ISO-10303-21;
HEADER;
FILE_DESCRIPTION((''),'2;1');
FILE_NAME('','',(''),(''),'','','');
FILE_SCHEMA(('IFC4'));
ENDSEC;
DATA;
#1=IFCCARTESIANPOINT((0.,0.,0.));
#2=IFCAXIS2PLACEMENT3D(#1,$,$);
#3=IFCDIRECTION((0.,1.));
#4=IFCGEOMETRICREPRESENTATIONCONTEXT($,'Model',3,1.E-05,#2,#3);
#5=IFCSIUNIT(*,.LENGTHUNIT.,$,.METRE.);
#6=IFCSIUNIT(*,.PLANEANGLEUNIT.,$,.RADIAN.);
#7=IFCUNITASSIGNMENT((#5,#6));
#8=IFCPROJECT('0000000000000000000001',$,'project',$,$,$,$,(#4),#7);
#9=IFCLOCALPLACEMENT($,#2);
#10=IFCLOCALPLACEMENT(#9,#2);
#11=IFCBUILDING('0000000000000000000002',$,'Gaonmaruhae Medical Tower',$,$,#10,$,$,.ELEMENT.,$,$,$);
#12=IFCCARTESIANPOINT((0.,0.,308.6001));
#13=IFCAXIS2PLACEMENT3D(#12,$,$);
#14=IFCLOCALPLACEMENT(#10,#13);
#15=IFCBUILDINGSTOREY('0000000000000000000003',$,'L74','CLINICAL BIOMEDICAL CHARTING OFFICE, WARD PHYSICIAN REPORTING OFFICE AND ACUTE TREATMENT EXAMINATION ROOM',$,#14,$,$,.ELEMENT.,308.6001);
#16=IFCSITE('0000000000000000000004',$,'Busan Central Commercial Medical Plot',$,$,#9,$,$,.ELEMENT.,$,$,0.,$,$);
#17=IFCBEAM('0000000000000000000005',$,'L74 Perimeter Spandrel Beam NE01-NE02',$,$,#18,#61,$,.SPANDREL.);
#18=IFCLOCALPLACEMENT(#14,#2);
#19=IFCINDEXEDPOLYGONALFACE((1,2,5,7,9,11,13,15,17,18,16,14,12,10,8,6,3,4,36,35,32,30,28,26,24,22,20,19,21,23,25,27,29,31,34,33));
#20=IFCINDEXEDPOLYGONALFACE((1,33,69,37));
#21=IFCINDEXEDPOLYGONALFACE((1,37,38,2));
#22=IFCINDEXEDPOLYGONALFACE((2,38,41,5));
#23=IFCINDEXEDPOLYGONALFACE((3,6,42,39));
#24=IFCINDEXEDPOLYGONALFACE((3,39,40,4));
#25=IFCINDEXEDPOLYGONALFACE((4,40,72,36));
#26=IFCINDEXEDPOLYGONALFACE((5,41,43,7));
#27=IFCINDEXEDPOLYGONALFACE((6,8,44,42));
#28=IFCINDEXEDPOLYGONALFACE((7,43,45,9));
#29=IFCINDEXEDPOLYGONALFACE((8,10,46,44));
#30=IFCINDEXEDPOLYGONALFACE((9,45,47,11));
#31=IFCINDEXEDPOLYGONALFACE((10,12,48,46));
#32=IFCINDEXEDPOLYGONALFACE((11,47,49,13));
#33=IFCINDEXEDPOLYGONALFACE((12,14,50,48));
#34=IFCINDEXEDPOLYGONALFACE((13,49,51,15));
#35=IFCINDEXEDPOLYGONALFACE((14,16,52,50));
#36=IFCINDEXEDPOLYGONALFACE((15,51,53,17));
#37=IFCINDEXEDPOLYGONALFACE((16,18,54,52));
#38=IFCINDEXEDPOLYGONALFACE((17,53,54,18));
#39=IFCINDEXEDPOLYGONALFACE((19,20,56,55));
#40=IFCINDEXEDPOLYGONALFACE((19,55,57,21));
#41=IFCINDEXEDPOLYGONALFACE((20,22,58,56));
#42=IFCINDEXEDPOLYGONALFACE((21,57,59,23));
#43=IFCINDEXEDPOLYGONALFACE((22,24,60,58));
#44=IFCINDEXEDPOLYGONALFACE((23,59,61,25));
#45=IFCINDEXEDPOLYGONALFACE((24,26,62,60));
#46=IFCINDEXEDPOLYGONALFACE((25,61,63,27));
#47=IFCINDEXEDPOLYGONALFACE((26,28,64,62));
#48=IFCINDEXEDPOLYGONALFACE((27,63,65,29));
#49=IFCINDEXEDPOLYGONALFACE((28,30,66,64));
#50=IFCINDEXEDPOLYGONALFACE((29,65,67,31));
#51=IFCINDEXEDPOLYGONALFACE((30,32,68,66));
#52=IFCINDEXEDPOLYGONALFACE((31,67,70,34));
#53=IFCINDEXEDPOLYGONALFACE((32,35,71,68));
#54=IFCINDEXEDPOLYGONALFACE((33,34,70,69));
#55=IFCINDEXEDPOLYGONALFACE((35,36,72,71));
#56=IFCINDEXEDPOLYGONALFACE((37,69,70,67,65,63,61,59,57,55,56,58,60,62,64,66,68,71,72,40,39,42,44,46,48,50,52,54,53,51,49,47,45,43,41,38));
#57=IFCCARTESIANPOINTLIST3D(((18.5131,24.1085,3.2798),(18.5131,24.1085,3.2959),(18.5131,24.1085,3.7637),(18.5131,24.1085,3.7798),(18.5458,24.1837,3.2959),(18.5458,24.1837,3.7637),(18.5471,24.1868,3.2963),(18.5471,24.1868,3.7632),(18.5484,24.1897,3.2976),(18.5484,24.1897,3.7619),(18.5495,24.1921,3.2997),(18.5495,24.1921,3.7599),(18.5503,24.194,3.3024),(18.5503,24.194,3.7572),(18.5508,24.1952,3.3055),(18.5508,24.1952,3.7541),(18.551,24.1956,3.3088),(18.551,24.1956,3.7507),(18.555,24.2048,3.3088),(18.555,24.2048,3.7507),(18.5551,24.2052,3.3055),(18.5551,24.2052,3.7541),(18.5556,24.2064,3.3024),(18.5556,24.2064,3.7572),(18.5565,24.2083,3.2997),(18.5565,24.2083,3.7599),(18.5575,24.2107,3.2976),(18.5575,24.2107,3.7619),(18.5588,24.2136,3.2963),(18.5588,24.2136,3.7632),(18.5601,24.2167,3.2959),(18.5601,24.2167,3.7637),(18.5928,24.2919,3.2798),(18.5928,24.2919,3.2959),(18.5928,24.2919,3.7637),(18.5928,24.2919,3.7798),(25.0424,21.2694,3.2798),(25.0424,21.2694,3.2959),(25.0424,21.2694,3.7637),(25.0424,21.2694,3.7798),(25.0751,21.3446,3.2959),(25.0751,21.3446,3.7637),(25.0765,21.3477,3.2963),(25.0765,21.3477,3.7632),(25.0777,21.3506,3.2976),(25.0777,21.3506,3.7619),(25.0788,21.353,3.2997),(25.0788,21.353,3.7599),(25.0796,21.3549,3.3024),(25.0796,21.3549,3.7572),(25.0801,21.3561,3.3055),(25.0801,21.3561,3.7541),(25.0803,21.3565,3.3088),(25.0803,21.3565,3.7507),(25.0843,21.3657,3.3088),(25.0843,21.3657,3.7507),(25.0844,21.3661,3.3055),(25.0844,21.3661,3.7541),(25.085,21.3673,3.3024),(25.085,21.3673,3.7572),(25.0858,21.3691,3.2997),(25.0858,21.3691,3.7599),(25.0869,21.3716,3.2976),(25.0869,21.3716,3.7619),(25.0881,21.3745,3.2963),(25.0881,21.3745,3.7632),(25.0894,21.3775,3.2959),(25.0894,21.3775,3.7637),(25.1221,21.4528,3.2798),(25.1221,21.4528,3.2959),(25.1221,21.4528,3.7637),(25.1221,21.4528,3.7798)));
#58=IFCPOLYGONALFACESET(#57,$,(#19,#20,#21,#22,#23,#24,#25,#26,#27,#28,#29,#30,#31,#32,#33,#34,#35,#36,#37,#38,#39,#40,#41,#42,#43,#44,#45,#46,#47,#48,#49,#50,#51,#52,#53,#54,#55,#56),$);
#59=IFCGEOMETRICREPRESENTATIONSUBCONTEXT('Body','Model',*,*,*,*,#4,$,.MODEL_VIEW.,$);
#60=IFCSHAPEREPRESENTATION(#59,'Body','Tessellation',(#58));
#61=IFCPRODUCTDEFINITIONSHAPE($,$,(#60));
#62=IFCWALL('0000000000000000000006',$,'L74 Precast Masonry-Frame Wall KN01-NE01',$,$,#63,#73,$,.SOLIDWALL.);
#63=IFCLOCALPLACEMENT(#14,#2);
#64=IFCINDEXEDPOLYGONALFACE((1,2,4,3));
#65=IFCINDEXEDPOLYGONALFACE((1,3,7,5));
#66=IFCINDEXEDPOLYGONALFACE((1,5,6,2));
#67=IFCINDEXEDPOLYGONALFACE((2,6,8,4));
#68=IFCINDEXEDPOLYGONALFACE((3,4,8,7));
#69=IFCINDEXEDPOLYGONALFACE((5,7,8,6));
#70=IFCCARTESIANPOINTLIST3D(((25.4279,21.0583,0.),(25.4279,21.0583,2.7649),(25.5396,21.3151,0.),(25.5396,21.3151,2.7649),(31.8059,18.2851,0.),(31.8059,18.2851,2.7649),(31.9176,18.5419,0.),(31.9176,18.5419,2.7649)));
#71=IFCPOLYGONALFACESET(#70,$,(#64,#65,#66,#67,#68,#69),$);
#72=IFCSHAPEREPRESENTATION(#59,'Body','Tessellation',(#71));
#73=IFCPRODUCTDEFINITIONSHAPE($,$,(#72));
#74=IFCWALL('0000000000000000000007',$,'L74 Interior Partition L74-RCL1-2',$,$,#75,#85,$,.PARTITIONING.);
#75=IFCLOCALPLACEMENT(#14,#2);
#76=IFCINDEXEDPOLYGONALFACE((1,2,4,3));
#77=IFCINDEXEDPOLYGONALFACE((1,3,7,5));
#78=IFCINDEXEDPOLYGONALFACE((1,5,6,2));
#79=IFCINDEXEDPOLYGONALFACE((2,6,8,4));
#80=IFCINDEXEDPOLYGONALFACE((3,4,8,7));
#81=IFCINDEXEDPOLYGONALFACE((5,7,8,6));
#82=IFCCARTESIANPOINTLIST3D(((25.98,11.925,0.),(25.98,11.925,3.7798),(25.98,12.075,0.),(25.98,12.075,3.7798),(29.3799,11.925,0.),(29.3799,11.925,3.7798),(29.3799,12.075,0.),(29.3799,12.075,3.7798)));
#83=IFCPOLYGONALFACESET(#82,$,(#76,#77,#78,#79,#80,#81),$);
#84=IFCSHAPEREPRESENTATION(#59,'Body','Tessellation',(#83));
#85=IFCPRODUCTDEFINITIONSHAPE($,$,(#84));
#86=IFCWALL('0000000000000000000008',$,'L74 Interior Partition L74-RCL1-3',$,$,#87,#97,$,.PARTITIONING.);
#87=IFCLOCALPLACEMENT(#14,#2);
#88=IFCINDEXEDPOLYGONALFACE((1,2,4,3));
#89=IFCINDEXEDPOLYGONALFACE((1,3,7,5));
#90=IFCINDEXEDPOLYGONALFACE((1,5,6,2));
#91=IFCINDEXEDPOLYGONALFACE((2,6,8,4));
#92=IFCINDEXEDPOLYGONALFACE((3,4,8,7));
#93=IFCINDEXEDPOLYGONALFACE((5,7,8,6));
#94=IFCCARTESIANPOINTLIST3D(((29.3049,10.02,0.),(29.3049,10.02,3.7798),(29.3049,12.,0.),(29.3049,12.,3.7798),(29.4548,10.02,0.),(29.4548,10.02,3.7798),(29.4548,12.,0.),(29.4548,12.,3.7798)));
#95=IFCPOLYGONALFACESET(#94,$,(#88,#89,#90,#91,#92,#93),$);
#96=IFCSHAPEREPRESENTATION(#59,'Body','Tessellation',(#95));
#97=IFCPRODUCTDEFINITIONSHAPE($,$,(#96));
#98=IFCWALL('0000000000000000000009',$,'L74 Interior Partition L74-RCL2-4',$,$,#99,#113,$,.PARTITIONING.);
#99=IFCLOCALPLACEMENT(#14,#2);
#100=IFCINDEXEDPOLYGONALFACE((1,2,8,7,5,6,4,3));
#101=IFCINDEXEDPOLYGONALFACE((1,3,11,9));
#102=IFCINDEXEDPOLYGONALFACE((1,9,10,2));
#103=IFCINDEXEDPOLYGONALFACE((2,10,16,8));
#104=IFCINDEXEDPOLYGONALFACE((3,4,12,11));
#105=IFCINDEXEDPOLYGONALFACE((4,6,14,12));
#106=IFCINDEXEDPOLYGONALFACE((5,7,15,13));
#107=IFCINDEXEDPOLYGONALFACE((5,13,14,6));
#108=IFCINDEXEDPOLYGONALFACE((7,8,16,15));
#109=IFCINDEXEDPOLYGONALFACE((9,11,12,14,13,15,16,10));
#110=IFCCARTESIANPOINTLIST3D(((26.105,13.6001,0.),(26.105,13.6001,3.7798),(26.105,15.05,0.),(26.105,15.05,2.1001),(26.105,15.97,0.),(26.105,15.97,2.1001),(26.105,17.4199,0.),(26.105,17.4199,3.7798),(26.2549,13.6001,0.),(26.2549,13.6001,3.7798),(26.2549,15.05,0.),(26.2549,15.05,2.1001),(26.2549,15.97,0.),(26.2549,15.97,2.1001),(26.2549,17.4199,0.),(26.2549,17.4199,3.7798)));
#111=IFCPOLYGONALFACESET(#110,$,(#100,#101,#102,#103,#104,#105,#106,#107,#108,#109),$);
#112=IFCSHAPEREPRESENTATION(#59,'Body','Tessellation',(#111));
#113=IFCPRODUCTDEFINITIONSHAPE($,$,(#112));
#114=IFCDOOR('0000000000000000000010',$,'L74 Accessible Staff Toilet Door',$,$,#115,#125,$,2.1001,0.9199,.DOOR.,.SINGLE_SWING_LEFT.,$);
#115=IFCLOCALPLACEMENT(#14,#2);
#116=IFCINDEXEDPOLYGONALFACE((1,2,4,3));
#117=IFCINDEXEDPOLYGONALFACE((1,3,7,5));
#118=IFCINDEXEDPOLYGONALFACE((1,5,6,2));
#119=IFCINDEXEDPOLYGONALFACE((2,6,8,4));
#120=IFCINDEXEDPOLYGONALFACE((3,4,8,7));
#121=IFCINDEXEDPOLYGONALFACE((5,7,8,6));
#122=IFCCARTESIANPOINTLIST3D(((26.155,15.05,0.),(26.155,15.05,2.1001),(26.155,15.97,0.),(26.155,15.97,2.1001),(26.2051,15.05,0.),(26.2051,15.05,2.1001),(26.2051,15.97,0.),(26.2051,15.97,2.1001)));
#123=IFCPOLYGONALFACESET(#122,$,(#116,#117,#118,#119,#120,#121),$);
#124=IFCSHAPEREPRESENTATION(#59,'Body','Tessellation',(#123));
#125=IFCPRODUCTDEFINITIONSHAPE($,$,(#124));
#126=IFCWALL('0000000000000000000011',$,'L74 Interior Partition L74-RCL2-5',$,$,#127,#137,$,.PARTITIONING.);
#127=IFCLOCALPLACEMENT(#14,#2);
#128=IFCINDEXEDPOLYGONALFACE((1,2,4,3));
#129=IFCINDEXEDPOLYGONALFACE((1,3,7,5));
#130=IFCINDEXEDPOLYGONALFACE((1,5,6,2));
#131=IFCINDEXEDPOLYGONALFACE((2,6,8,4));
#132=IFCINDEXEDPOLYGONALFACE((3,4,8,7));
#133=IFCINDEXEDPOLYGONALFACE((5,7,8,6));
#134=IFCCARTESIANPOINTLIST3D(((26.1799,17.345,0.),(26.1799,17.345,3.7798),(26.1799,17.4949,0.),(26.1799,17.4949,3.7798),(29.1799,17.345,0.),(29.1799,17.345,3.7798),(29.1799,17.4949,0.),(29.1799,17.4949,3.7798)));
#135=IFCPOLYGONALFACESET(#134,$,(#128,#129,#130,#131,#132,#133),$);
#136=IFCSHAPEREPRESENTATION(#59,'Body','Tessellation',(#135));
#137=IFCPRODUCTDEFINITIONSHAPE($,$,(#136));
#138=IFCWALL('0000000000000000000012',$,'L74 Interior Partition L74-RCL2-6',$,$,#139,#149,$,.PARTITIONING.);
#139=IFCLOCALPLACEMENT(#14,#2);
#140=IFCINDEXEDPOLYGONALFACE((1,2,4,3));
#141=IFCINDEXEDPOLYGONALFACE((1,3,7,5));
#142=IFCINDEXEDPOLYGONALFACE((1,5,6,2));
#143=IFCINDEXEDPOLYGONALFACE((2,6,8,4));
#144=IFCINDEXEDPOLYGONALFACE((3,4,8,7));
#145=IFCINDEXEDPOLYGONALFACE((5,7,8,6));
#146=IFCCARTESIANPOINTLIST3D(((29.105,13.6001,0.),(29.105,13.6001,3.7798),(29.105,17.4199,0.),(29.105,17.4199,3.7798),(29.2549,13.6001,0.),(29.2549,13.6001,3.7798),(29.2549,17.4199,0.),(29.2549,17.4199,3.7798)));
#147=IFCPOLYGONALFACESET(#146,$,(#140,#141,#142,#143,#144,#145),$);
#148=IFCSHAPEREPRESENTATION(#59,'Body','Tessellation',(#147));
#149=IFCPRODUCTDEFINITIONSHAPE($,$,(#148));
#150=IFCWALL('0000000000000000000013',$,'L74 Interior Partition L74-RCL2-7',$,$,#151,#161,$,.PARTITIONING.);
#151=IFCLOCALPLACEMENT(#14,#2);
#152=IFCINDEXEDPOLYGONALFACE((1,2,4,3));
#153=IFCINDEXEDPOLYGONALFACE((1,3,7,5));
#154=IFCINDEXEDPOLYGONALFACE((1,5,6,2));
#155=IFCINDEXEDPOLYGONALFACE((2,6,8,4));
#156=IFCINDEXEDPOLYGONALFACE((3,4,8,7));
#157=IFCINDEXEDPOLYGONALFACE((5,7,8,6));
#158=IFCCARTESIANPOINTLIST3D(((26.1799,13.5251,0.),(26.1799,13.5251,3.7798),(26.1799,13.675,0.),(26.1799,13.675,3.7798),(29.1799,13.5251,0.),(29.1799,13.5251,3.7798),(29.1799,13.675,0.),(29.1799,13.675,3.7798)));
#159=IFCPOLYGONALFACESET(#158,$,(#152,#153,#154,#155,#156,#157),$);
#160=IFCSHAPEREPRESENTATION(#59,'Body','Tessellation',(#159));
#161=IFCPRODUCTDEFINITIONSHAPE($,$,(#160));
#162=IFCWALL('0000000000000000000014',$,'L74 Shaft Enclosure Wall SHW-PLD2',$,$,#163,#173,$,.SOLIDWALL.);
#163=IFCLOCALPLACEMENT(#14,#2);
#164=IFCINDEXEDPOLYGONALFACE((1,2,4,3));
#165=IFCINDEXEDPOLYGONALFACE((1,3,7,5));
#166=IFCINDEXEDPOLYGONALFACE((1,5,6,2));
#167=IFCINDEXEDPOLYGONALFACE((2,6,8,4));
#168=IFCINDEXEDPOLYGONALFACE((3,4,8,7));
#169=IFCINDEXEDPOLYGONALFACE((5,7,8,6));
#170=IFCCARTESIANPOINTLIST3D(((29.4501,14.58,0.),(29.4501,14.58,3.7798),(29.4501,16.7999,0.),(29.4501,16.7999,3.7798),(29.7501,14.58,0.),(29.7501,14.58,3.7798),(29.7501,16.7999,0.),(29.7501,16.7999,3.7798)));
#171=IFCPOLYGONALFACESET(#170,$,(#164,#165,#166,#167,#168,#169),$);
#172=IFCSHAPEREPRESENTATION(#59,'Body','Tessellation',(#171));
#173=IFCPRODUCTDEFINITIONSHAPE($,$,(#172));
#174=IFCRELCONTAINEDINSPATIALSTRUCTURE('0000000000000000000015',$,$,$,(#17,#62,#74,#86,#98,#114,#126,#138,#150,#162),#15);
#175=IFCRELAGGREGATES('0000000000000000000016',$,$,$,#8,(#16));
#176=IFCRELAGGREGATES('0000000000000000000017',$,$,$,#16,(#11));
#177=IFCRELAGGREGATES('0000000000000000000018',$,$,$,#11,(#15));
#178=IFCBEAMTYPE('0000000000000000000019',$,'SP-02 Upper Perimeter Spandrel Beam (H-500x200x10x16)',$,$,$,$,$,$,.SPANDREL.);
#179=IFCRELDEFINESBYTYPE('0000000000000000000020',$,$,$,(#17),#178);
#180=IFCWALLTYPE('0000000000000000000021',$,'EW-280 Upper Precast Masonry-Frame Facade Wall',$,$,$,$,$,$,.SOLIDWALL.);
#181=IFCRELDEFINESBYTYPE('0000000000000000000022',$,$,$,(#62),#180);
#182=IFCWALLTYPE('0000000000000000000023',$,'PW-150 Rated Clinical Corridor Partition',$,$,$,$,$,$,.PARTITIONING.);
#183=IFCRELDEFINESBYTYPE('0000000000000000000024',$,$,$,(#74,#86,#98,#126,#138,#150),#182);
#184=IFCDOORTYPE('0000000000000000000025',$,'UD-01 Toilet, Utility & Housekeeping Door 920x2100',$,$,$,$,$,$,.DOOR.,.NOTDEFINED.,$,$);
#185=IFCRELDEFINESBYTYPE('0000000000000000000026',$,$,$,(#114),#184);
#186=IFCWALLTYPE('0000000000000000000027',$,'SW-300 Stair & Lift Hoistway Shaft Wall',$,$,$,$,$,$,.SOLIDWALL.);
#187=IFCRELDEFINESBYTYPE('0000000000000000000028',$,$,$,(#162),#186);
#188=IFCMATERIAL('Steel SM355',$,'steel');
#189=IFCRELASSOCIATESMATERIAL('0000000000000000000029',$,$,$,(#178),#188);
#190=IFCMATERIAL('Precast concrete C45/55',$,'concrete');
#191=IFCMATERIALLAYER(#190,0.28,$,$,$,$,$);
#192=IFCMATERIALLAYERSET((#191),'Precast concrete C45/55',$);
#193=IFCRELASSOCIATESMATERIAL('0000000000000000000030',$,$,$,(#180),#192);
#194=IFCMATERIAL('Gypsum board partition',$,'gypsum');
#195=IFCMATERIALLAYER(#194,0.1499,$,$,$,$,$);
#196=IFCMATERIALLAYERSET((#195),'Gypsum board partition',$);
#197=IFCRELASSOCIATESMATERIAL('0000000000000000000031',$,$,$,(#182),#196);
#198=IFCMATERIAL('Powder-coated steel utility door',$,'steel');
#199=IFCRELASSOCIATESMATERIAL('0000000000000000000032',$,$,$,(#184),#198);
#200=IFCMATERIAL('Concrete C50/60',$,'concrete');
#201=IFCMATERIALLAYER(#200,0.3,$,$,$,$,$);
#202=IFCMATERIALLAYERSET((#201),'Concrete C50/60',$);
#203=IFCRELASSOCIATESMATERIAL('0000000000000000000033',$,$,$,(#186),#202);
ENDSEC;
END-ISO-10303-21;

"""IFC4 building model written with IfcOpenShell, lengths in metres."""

from ifc_helpers import new_model, si_unit, direction, frame, frame_2d, origin, origin_2d, place, context, subcontext, project, spatial, rectangle, i_section, extrude, material, layer, layer_set, material_profile, profile_set, type_object, element, fill, save


model = new_model("IFC4")

# Units and contexts
model_context = context("Model", 3, precision=1e-05, world=origin(), true_north=direction((0.0, 1.0)))
body_context = subcontext(model_context, "Body", "Model", "MODEL_VIEW")
ifc_project = project(units=[si_unit("LENGTHUNIT", "METRE"), si_unit("PLANEANGLEUNIT", "RADIAN")], contexts=[model_context])

# Site, building, storey
site_placement = place(None, origin())
site = spatial("IfcSite", under=ifc_project, at=site_placement, Name="Busan Central Commercial Medical Plot", CompositionType="ELEMENT", RefElevation=0.0)
building_placement = place(site_placement, origin())
building = spatial("IfcBuilding", under=site, at=building_placement, Name="Gaonmaruhae Medical Tower", CompositionType="ELEMENT")
storey_placement = place(building_placement, frame((0.0, 0.0, 308.6001)))
storey = spatial("IfcBuildingStorey", under=building, at=storey_placement, Name="L74", Description="CLINICAL BIOMEDICAL CHARTING OFFICE, WARD PHYSICIAN REPORTING OFFICE AND ACUTE TREATMENT EXAMINATION ROOM", CompositionType="ELEMENT", Elevation=308.6001)

# Shared definitions
ifc_material_1 = material(Name="Concrete C50/60", Category="concrete")

# Beam
ifc_material_2 = material(Name="Steel SM355", Category="steel")
ifc_material_profile_1 = material_profile(ifc_material_2, i_section(OverallWidth=0.2, OverallDepth=0.5, WebThickness=0.01, FlangeThickness=0.0161, FilletRadius=0.0129, at=origin_2d()), Name="H-500x200x10x16")
ifc_profile_set_1 = profile_set([ifc_material_profile_1], Name="Steel SM355")
beam_type_1 = type_object("IfcBeamType", Name="SP-02 Upper Perimeter Spandrel Beam (H-500x200x10x16)", PredefinedType="SPANDREL", material=ifc_profile_set_1)
beam_1_placement = place(storey_placement, frame((25.0823, 21.3611, 3.5298), z_axis=(-0.917055, 0.39876, 0.0), x_axis=(-0.39876, -0.917055, 0.0)))
element("IfcBeam", 1, at=beam_1_placement, inside=storey, type_object=beam_type_1, Name="L74 Perimeter Spandrel Beam NE01-NE02", PredefinedType="SPANDREL", context=body_context, shape_type="SweptSolid", body=[
    extrude(i_section(OverallWidth=0.2, OverallDepth=0.5, WebThickness=0.01, FlangeThickness=0.0161, FilletRadius=0.0129, at=origin_2d()), origin(), (0.0, 0.0, 1.0), 7.1199),
])

# Walls
ifc_material_3 = material(Name="Precast concrete C45/55", Category="concrete")
ifc_layer_1 = layer(ifc_material_3, 0.28)
ifc_layer_set_1 = layer_set([ifc_layer_1], Name="Precast concrete C45/55")
wall_type_1 = type_object("IfcWallType", Name="EW-280 Upper Precast Masonry-Frame Facade Wall", PredefinedType="SOLIDWALL", material=ifc_layer_set_1)
wall_1_placement = place(storey_placement, frame((25.4836, 21.1868, 0.0), z_axis=(0.0, 0.0, 1.0), x_axis=(0.917061, -0.398748, 0.0)))
element("IfcWall", 2, at=wall_1_placement, inside=storey, type_object=wall_type_1, Name="L74 Precast Masonry-Frame Wall KN01-NE01", PredefinedType="SOLIDWALL", context=body_context, shape_type="SweptSolid", body=[
    extrude(rectangle(XDim=6.9548, YDim=0.28, at=frame_2d((3.4775, 0.0))), origin(), (0.0, 0.0, 1.0), 2.7649),
])
ifc_material_4 = material(Name="Gypsum board partition", Category="gypsum")
ifc_layer_2 = layer(ifc_material_4, 0.1499)
ifc_layer_set_2 = layer_set([ifc_layer_2], Name="Gypsum board partition")
wall_type_2 = type_object("IfcWallType", Name="PW-150 Rated Clinical Corridor Partition", PredefinedType="PARTITIONING", material=ifc_layer_set_2)
wall_2_placement = place(storey_placement, frame((25.98, 12.0, 0.0), z_axis=(0.0, 0.0, 1.0), x_axis=(1.0, 0.0, 0.0)))
element("IfcWall", 3, at=wall_2_placement, inside=storey, type_object=wall_type_2, Name="L74 Interior Partition L74-RCL1-2", PredefinedType="PARTITIONING", context=body_context, shape_type="SweptSolid", body=[
    extrude(rectangle(XDim=3.3999, YDim=0.1499, at=frame_2d((1.7, 0.0))), origin(), (0.0, 0.0, 1.0), 3.7798),
])
wall_3_placement = place(storey_placement, frame((29.3799, 12.0, 0.0), z_axis=(0.0, 0.0, 1.0), x_axis=(0.0, -1.0, 0.0)))
element("IfcWall", 4, at=wall_3_placement, inside=storey, type_object=wall_type_2, Name="L74 Interior Partition L74-RCL1-3", PredefinedType="PARTITIONING", context=body_context, shape_type="SweptSolid", body=[
    extrude(rectangle(XDim=1.98, YDim=0.1499, at=frame_2d((0.99, 0.0))), origin(), (0.0, 0.0, 1.0), 3.7798),
])

# Wall, opening, door
wall_4_placement = place(storey_placement, frame((26.1799, 13.6001, 0.0), z_axis=(0.0, 0.0, 1.0), x_axis=(0.0, 1.0, 0.0)))
wall_4 = element("IfcWall", 5, at=wall_4_placement, inside=storey, type_object=wall_type_2, Name="L74 Interior Partition L74-RCL2-4", PredefinedType="PARTITIONING", context=body_context, shape_type="SweptSolid", body=[
    extrude(rectangle(XDim=3.8198, YDim=0.1499, at=frame_2d((1.9099, 0.0))), origin(), (0.0, 0.0, 1.0), 3.7798),
])
opening_1_placement = place(wall_4_placement, frame((1.45, 0.0, 0.0)))
opening_1 = element("IfcOpeningElement", 6, at=opening_1_placement, cuts=wall_4, PredefinedType="OPENING", context=body_context, shape_type="SweptSolid", body=[
    extrude(rectangle(XDim=0.9199, YDim=2.1001, at=frame_2d((0.46, 1.05))), frame((0.0, 0.085, 0.0), z_axis=(0.0, -1.0, 0.0), x_axis=(1.0, 0.0, 0.0)), (0.0, 0.0, 1.0), 0.1699),
])
ifc_material_5 = material(Name="Powder-coated steel utility door", Category="steel")
door_type_1 = type_object("IfcDoorType", Name="UD-01 Toilet, Utility & Housekeeping Door 920x2100", OperationType="NOTDEFINED", PredefinedType="DOOR", material=ifc_material_5)
door_1_placement = place(opening_1_placement, origin())
door_1 = element("IfcDoor", 7, at=door_1_placement, inside=storey, type_object=door_type_1, Name="L74 Accessible Staff Toilet Door", OperationType="SINGLE_SWING_LEFT", OverallHeight=2.1001, OverallWidth=0.9199, PredefinedType="DOOR", context=body_context, shape_type="SweptSolid", body=[
    extrude(rectangle(XDim=0.9199, YDim=2.1001, at=frame_2d((0.46, 1.05))), frame((0.0, 0.0249, 0.0), z_axis=(0.0, -1.0, 0.0), x_axis=(1.0, 0.0, 0.0)), (0.0, 0.0, 1.0), 0.05),
])
fill(opening_1, door_1)

# Walls
wall_5_placement = place(storey_placement, frame((26.1799, 17.4199, 0.0), z_axis=(0.0, 0.0, 1.0), x_axis=(1.0, 0.0, 0.0)))
element("IfcWall", 8, at=wall_5_placement, inside=storey, type_object=wall_type_2, Name="L74 Interior Partition L74-RCL2-5", PredefinedType="PARTITIONING", context=body_context, shape_type="SweptSolid", body=[
    extrude(rectangle(XDim=3.0, YDim=0.1499, at=frame_2d((1.5, 0.0))), origin(), (0.0, 0.0, 1.0), 3.7798),
])
wall_6_placement = place(storey_placement, frame((29.1799, 17.4199, 0.0), z_axis=(0.0, 0.0, 1.0), x_axis=(0.0, -1.0, 0.0)))
element("IfcWall", 9, at=wall_6_placement, inside=storey, type_object=wall_type_2, Name="L74 Interior Partition L74-RCL2-6", PredefinedType="PARTITIONING", context=body_context, shape_type="SweptSolid", body=[
    extrude(rectangle(XDim=3.8198, YDim=0.1499, at=frame_2d((1.9099, 0.0))), origin(), (0.0, 0.0, 1.0), 3.7798),
])
wall_7_placement = place(storey_placement, frame((29.1799, 13.6001, 0.0), z_axis=(0.0, 0.0, 1.0), x_axis=(-1.0, 0.0, 0.0)))
element("IfcWall", 10, at=wall_7_placement, inside=storey, type_object=wall_type_2, Name="L74 Interior Partition L74-RCL2-7", PredefinedType="PARTITIONING", context=body_context, shape_type="SweptSolid", body=[
    extrude(rectangle(XDim=3.0, YDim=0.1499, at=frame_2d((1.5, 0.0))), origin(), (0.0, 0.0, 1.0), 3.7798),
])

# Shared definitions
ifc_layer_3 = layer(ifc_material_1, 0.3)
ifc_layer_set_3 = layer_set([ifc_layer_3], Name="Concrete C50/60")
wall_type_3 = type_object("IfcWallType", Name="SW-300 Stair & Lift Hoistway Shaft Wall", PredefinedType="SOLIDWALL", material=ifc_layer_set_3)

# Wall
wall_8_placement = place(storey_placement, frame((29.6001, 14.5801, 0.0), z_axis=(0.0, 0.0, 1.0), x_axis=(0.0, 1.0, 0.0)))
element("IfcWall", 11, at=wall_8_placement, inside=storey, type_object=wall_type_3, Name="L74 Shaft Enclosure Wall SHW-PLD2", PredefinedType="SOLIDWALL", context=body_context, shape_type="SweptSolid", body=[
    extrude(rectangle(XDim=2.22, YDim=0.3, at=frame_2d((1.1099, 0.0))), origin(), (0.0, 0.0, 1.0), 3.7798),
])

save(model, "model.ifc")
